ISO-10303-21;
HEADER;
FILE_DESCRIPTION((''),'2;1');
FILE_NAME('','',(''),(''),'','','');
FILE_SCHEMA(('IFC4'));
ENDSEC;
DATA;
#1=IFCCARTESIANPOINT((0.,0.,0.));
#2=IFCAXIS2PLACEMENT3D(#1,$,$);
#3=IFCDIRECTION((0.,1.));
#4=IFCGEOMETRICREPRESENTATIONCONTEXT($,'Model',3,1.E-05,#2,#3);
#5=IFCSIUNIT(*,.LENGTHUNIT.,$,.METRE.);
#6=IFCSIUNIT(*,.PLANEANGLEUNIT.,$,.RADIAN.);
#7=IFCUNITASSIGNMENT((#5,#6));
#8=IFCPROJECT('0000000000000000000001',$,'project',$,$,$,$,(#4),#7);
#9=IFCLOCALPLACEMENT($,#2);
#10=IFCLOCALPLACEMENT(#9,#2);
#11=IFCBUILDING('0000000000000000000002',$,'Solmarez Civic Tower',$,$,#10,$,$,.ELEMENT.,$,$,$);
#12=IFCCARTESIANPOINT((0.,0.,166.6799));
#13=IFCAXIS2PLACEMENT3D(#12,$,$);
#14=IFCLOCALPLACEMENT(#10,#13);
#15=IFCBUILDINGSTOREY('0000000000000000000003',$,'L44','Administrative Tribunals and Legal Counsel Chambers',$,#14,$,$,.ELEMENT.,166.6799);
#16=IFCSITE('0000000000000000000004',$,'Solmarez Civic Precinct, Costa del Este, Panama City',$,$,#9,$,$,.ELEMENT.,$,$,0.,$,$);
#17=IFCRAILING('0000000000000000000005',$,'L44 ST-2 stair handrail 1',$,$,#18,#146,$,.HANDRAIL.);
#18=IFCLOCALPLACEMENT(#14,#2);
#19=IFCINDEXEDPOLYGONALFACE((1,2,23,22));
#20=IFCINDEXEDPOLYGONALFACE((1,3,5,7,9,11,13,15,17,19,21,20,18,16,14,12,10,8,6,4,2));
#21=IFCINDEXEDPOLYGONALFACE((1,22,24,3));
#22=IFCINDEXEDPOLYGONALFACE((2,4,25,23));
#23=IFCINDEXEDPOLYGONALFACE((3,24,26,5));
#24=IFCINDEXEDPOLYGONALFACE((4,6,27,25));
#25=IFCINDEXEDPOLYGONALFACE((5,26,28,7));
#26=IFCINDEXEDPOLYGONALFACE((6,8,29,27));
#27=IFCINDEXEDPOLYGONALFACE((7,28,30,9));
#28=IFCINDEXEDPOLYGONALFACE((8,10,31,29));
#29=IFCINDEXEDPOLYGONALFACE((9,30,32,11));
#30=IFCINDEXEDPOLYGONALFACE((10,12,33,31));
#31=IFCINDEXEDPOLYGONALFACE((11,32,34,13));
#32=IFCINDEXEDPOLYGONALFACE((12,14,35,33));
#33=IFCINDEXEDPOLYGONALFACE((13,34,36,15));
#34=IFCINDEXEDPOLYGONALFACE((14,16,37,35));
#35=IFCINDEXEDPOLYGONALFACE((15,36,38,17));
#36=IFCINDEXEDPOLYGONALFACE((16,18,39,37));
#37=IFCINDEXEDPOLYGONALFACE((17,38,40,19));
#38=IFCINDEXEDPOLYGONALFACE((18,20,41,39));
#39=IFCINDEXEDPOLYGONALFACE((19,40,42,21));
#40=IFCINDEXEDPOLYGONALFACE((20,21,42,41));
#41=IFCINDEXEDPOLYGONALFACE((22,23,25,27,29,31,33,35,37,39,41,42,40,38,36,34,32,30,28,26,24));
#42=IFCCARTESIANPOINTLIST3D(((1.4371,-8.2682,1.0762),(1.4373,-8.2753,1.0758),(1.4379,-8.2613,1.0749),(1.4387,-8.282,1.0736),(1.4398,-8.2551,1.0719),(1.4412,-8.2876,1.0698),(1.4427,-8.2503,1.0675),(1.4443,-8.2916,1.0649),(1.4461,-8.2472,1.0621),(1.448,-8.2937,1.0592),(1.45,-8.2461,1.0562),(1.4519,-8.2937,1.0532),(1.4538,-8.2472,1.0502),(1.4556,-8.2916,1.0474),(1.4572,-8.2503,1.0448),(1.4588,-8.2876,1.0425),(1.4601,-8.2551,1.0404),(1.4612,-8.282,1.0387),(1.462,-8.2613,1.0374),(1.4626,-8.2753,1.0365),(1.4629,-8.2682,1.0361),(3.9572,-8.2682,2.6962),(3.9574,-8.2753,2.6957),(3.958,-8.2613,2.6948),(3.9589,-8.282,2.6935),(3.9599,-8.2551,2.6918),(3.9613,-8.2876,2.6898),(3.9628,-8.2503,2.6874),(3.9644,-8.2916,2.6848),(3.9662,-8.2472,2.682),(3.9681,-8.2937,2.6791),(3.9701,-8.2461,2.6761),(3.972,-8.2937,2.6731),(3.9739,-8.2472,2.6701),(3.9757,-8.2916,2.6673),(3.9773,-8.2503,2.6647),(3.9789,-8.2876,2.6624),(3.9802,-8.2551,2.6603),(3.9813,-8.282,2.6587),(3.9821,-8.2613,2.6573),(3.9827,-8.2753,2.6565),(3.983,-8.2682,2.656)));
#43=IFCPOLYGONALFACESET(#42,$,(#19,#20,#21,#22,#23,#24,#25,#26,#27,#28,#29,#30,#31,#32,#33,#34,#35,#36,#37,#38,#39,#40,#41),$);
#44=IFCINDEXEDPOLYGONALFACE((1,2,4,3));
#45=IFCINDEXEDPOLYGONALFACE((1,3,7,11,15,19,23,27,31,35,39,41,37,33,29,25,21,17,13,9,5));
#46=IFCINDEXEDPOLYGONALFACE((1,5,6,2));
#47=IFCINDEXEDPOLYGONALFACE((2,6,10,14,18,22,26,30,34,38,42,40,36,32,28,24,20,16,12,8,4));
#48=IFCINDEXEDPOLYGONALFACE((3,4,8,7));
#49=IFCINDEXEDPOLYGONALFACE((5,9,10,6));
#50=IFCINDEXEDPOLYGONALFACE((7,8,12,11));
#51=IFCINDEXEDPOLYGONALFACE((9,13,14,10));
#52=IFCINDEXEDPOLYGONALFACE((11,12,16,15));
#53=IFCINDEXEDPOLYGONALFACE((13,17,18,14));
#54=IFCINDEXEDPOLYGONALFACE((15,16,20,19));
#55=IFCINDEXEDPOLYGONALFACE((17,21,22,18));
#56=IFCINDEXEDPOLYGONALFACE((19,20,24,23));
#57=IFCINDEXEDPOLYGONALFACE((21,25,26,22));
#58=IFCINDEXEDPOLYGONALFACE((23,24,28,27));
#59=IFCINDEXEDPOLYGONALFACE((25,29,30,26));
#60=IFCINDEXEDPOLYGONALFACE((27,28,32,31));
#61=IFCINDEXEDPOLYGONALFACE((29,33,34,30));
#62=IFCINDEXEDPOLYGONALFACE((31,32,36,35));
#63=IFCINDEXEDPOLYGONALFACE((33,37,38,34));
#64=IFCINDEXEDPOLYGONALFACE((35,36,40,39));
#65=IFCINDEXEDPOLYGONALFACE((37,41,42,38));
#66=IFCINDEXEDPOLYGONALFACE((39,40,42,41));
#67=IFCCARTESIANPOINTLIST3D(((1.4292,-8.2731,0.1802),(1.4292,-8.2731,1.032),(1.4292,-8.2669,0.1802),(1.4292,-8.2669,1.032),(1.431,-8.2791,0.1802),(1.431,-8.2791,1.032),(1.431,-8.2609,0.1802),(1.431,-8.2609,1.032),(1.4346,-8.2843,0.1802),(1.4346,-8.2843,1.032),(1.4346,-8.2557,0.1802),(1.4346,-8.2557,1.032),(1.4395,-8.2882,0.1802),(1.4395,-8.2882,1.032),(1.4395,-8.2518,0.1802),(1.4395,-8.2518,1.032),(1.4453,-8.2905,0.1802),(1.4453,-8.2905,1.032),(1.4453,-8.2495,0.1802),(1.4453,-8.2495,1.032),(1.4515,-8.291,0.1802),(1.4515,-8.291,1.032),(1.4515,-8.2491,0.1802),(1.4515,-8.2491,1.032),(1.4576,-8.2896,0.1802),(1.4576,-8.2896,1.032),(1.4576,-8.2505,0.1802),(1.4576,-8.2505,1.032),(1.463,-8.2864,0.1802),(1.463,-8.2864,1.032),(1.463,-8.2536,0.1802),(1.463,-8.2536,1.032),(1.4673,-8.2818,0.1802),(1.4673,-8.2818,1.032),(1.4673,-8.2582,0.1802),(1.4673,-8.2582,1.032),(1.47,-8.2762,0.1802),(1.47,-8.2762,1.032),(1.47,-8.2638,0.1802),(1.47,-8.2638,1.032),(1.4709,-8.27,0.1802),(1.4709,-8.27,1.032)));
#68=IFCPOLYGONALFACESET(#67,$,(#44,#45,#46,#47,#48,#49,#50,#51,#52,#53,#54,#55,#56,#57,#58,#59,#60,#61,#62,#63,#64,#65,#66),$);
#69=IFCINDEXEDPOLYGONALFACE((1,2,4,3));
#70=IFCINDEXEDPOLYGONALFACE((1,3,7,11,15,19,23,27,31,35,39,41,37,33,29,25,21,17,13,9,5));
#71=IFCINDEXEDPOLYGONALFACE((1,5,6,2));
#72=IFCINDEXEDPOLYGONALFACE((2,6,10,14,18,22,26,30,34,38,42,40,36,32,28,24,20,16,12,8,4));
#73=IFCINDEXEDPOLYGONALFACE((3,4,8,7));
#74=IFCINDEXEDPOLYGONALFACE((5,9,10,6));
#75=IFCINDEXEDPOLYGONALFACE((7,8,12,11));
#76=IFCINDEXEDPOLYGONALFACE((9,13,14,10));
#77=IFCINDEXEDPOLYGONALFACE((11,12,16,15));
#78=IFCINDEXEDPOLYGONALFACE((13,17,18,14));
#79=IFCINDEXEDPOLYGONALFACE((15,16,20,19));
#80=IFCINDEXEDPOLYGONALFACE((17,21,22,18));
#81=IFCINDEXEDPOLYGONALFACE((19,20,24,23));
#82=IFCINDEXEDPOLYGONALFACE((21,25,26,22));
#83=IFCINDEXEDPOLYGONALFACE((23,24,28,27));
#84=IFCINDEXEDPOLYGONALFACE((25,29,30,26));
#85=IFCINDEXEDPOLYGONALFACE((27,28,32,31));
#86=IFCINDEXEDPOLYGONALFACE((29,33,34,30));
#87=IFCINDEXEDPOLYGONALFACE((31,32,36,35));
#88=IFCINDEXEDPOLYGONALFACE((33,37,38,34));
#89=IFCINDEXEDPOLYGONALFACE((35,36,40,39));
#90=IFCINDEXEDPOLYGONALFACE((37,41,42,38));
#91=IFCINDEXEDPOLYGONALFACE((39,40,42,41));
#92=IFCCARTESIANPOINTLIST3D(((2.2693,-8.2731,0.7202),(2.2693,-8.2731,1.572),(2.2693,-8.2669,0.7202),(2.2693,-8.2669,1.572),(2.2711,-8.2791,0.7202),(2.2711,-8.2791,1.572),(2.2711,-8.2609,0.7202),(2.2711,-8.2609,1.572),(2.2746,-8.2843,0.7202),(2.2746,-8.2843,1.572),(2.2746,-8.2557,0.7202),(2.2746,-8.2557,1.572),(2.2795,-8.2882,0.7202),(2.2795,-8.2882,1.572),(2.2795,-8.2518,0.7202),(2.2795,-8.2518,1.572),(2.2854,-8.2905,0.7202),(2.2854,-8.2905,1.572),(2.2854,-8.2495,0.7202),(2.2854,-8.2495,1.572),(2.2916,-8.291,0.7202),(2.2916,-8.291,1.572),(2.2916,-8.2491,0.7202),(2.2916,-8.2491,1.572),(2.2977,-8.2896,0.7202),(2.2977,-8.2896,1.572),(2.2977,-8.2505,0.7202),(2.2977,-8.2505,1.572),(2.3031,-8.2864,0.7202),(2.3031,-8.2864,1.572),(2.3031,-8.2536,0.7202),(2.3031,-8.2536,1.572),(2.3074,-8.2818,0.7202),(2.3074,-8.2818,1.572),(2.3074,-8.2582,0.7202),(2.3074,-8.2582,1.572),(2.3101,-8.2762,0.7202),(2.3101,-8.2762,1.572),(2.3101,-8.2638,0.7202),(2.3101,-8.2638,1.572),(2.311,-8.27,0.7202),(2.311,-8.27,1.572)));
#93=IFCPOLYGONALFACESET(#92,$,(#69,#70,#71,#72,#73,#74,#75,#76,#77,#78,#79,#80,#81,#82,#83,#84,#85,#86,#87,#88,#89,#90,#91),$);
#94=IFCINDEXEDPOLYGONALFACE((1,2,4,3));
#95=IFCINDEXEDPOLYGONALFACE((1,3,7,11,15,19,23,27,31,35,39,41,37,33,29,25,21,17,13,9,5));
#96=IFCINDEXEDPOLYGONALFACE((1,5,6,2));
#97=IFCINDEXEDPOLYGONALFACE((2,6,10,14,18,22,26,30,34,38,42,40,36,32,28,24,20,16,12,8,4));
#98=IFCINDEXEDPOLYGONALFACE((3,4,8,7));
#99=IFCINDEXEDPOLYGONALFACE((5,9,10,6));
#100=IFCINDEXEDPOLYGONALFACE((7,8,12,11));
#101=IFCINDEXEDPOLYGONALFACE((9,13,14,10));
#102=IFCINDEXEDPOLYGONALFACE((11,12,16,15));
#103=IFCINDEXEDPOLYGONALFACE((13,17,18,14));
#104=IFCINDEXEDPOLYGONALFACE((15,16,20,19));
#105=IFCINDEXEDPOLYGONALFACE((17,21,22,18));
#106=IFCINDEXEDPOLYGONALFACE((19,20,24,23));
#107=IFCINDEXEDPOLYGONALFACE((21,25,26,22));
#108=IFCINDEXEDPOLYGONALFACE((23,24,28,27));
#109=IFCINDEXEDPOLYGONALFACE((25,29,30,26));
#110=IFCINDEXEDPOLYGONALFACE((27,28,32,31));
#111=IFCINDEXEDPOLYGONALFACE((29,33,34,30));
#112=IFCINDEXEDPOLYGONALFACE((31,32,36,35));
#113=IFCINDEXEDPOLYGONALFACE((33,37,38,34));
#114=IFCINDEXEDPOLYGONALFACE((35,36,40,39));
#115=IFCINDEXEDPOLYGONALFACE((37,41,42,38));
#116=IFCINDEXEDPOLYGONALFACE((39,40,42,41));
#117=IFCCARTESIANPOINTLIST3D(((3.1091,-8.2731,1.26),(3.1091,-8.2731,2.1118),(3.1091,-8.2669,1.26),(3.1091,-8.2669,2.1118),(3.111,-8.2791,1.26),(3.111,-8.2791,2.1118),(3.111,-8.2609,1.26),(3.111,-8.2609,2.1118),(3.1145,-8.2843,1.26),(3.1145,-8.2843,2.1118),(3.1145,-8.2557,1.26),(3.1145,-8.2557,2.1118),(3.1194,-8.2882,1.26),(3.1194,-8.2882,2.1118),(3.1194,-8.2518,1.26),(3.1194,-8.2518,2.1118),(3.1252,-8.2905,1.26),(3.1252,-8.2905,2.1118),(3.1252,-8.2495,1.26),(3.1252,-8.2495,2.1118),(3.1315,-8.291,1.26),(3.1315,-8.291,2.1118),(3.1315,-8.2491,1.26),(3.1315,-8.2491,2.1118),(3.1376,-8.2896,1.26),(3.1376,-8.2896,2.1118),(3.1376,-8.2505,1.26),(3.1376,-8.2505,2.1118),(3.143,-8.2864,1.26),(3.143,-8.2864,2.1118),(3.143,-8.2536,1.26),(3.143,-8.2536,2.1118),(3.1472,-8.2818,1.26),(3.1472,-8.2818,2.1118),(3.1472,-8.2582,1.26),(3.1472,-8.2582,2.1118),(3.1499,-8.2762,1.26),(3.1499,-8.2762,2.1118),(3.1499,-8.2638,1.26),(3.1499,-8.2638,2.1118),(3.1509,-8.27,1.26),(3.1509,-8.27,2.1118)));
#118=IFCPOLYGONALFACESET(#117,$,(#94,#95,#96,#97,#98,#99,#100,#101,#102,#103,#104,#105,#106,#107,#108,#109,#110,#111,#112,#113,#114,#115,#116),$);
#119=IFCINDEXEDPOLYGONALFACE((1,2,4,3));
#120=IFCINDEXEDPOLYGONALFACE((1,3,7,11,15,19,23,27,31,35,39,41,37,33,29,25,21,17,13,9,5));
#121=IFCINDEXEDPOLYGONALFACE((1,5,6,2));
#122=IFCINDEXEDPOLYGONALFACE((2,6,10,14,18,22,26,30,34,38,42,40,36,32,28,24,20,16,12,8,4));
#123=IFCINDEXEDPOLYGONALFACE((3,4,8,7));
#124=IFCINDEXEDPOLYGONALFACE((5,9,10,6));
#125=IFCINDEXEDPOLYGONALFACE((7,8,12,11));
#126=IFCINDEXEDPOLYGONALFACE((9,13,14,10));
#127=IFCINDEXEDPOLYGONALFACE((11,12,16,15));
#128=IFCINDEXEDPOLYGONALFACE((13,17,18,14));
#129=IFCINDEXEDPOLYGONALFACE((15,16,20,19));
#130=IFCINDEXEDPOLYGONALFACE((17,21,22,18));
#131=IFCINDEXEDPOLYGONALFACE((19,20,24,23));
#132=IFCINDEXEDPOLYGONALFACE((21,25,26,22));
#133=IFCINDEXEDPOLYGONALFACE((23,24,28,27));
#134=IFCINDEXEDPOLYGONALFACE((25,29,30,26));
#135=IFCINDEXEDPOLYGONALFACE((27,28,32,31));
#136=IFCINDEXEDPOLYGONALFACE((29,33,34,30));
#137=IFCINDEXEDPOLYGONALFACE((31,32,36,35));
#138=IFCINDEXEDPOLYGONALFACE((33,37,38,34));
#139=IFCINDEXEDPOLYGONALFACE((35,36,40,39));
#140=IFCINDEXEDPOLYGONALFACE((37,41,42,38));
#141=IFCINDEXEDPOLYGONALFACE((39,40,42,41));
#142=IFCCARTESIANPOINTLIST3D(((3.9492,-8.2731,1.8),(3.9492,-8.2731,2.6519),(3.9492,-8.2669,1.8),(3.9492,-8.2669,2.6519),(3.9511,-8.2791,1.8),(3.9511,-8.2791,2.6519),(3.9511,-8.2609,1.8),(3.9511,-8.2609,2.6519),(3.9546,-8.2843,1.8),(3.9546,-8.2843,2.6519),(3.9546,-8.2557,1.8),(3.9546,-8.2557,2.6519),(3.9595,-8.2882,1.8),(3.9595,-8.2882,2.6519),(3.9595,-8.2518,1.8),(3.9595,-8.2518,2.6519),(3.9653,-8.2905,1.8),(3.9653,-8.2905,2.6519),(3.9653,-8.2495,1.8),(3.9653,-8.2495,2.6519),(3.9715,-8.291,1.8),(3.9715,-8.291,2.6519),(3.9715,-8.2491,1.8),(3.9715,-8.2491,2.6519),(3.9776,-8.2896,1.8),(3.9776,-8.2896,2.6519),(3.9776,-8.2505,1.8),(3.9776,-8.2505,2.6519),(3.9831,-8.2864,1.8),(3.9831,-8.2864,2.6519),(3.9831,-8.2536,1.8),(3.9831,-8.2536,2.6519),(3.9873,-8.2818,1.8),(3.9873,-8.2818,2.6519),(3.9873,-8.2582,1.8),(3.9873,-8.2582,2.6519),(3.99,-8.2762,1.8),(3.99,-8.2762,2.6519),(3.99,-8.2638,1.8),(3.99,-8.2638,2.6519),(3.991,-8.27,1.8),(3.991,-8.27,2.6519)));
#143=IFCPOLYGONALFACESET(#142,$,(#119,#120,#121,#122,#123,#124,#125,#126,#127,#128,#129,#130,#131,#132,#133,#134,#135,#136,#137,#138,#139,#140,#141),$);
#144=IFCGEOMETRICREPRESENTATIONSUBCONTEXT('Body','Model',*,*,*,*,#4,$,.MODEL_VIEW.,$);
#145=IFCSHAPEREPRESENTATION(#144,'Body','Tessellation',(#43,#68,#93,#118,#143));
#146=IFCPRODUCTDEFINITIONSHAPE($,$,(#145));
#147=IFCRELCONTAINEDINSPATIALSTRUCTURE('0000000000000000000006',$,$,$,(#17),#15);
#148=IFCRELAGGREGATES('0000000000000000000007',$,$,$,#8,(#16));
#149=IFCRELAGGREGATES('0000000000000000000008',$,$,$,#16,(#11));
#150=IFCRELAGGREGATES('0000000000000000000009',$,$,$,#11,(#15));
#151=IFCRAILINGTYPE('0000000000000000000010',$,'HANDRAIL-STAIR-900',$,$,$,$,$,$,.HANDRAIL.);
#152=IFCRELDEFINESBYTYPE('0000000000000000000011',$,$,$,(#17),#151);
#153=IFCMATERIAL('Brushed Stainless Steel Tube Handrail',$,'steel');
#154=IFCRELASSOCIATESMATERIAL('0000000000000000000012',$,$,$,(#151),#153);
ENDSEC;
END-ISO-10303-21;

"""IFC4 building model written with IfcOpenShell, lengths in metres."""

from ifc_helpers import new_model, si_unit, direction, frame, origin, origin_2d, place, context, subcontext, project, spatial, circle, extrude, material, type_object, element, save


model = new_model("IFC4")

# Units and contexts
model_context = context("Model", 3, precision=1e-05, world=origin(), true_north=direction((0.0, 1.0)))
body_context = subcontext(model_context, "Body", "Model", "MODEL_VIEW")
ifc_project = project(units=[si_unit("LENGTHUNIT", "METRE"), si_unit("PLANEANGLEUNIT", "RADIAN")], contexts=[model_context])

# Site, building, storey
site_placement = place(None, origin())
site = spatial("IfcSite", under=ifc_project, at=site_placement, Name="Solmarez Civic Precinct, Costa del Este, Panama City", CompositionType="ELEMENT", RefElevation=0.0)
building_placement = place(site_placement, origin())
building = spatial("IfcBuilding", under=site, at=building_placement, Name="Solmarez Civic Tower", CompositionType="ELEMENT")
storey_placement = place(building_placement, frame((0.0, 0.0, 166.6799)))
storey = spatial("IfcBuildingStorey", under=building, at=storey_placement, Name="L44", Description="Administrative Tribunals and Legal Counsel Chambers", CompositionType="ELEMENT", Elevation=166.6799)

# Railing
ifc_material_1 = material(Name="Brushed Stainless Steel Tube Handrail", Category="steel")
railing_type_1 = type_object("IfcRailingType", Name="HANDRAIL-STAIR-900", PredefinedType="HANDRAIL", material=ifc_material_1)
railing_1_placement = place(storey_placement, frame((1.45, -8.27, 0.1802)))
element("IfcRailing", 1, at=railing_1_placement, inside=storey, type_object=railing_type_1, Name="L44 ST-2 stair handrail 1", PredefinedType="HANDRAIL", context=body_context, shape_type="SweptSolid", body=[
    extrude(circle(Radius=0.0239, at=origin_2d()), frame((0.0, 0.0, 0.876), z_axis=(0.8412, 0.0, 0.540725), x_axis=(0.0, 1.0, 0.0)), (0.0, 0.0, 1.0), 2.9958),
    extrude(circle(Radius=0.021, at=origin_2d()), origin(), (0.0, 0.0, 1.0), 0.8518),
    extrude(circle(Radius=0.021, at=origin_2d()), frame((0.8401, 0.0, 0.54)), (0.0, 0.0, 1.0), 0.8518),
    extrude(circle(Radius=0.021, at=origin_2d()), frame((1.6799, 0.0, 1.0798)), (0.0, 0.0, 1.0), 0.8518),
    extrude(circle(Radius=0.021, at=origin_2d()), frame((2.52, 0.0, 1.6199)), (0.0, 0.0, 1.0), 0.8518),
])

save(model, "model.ifc")
